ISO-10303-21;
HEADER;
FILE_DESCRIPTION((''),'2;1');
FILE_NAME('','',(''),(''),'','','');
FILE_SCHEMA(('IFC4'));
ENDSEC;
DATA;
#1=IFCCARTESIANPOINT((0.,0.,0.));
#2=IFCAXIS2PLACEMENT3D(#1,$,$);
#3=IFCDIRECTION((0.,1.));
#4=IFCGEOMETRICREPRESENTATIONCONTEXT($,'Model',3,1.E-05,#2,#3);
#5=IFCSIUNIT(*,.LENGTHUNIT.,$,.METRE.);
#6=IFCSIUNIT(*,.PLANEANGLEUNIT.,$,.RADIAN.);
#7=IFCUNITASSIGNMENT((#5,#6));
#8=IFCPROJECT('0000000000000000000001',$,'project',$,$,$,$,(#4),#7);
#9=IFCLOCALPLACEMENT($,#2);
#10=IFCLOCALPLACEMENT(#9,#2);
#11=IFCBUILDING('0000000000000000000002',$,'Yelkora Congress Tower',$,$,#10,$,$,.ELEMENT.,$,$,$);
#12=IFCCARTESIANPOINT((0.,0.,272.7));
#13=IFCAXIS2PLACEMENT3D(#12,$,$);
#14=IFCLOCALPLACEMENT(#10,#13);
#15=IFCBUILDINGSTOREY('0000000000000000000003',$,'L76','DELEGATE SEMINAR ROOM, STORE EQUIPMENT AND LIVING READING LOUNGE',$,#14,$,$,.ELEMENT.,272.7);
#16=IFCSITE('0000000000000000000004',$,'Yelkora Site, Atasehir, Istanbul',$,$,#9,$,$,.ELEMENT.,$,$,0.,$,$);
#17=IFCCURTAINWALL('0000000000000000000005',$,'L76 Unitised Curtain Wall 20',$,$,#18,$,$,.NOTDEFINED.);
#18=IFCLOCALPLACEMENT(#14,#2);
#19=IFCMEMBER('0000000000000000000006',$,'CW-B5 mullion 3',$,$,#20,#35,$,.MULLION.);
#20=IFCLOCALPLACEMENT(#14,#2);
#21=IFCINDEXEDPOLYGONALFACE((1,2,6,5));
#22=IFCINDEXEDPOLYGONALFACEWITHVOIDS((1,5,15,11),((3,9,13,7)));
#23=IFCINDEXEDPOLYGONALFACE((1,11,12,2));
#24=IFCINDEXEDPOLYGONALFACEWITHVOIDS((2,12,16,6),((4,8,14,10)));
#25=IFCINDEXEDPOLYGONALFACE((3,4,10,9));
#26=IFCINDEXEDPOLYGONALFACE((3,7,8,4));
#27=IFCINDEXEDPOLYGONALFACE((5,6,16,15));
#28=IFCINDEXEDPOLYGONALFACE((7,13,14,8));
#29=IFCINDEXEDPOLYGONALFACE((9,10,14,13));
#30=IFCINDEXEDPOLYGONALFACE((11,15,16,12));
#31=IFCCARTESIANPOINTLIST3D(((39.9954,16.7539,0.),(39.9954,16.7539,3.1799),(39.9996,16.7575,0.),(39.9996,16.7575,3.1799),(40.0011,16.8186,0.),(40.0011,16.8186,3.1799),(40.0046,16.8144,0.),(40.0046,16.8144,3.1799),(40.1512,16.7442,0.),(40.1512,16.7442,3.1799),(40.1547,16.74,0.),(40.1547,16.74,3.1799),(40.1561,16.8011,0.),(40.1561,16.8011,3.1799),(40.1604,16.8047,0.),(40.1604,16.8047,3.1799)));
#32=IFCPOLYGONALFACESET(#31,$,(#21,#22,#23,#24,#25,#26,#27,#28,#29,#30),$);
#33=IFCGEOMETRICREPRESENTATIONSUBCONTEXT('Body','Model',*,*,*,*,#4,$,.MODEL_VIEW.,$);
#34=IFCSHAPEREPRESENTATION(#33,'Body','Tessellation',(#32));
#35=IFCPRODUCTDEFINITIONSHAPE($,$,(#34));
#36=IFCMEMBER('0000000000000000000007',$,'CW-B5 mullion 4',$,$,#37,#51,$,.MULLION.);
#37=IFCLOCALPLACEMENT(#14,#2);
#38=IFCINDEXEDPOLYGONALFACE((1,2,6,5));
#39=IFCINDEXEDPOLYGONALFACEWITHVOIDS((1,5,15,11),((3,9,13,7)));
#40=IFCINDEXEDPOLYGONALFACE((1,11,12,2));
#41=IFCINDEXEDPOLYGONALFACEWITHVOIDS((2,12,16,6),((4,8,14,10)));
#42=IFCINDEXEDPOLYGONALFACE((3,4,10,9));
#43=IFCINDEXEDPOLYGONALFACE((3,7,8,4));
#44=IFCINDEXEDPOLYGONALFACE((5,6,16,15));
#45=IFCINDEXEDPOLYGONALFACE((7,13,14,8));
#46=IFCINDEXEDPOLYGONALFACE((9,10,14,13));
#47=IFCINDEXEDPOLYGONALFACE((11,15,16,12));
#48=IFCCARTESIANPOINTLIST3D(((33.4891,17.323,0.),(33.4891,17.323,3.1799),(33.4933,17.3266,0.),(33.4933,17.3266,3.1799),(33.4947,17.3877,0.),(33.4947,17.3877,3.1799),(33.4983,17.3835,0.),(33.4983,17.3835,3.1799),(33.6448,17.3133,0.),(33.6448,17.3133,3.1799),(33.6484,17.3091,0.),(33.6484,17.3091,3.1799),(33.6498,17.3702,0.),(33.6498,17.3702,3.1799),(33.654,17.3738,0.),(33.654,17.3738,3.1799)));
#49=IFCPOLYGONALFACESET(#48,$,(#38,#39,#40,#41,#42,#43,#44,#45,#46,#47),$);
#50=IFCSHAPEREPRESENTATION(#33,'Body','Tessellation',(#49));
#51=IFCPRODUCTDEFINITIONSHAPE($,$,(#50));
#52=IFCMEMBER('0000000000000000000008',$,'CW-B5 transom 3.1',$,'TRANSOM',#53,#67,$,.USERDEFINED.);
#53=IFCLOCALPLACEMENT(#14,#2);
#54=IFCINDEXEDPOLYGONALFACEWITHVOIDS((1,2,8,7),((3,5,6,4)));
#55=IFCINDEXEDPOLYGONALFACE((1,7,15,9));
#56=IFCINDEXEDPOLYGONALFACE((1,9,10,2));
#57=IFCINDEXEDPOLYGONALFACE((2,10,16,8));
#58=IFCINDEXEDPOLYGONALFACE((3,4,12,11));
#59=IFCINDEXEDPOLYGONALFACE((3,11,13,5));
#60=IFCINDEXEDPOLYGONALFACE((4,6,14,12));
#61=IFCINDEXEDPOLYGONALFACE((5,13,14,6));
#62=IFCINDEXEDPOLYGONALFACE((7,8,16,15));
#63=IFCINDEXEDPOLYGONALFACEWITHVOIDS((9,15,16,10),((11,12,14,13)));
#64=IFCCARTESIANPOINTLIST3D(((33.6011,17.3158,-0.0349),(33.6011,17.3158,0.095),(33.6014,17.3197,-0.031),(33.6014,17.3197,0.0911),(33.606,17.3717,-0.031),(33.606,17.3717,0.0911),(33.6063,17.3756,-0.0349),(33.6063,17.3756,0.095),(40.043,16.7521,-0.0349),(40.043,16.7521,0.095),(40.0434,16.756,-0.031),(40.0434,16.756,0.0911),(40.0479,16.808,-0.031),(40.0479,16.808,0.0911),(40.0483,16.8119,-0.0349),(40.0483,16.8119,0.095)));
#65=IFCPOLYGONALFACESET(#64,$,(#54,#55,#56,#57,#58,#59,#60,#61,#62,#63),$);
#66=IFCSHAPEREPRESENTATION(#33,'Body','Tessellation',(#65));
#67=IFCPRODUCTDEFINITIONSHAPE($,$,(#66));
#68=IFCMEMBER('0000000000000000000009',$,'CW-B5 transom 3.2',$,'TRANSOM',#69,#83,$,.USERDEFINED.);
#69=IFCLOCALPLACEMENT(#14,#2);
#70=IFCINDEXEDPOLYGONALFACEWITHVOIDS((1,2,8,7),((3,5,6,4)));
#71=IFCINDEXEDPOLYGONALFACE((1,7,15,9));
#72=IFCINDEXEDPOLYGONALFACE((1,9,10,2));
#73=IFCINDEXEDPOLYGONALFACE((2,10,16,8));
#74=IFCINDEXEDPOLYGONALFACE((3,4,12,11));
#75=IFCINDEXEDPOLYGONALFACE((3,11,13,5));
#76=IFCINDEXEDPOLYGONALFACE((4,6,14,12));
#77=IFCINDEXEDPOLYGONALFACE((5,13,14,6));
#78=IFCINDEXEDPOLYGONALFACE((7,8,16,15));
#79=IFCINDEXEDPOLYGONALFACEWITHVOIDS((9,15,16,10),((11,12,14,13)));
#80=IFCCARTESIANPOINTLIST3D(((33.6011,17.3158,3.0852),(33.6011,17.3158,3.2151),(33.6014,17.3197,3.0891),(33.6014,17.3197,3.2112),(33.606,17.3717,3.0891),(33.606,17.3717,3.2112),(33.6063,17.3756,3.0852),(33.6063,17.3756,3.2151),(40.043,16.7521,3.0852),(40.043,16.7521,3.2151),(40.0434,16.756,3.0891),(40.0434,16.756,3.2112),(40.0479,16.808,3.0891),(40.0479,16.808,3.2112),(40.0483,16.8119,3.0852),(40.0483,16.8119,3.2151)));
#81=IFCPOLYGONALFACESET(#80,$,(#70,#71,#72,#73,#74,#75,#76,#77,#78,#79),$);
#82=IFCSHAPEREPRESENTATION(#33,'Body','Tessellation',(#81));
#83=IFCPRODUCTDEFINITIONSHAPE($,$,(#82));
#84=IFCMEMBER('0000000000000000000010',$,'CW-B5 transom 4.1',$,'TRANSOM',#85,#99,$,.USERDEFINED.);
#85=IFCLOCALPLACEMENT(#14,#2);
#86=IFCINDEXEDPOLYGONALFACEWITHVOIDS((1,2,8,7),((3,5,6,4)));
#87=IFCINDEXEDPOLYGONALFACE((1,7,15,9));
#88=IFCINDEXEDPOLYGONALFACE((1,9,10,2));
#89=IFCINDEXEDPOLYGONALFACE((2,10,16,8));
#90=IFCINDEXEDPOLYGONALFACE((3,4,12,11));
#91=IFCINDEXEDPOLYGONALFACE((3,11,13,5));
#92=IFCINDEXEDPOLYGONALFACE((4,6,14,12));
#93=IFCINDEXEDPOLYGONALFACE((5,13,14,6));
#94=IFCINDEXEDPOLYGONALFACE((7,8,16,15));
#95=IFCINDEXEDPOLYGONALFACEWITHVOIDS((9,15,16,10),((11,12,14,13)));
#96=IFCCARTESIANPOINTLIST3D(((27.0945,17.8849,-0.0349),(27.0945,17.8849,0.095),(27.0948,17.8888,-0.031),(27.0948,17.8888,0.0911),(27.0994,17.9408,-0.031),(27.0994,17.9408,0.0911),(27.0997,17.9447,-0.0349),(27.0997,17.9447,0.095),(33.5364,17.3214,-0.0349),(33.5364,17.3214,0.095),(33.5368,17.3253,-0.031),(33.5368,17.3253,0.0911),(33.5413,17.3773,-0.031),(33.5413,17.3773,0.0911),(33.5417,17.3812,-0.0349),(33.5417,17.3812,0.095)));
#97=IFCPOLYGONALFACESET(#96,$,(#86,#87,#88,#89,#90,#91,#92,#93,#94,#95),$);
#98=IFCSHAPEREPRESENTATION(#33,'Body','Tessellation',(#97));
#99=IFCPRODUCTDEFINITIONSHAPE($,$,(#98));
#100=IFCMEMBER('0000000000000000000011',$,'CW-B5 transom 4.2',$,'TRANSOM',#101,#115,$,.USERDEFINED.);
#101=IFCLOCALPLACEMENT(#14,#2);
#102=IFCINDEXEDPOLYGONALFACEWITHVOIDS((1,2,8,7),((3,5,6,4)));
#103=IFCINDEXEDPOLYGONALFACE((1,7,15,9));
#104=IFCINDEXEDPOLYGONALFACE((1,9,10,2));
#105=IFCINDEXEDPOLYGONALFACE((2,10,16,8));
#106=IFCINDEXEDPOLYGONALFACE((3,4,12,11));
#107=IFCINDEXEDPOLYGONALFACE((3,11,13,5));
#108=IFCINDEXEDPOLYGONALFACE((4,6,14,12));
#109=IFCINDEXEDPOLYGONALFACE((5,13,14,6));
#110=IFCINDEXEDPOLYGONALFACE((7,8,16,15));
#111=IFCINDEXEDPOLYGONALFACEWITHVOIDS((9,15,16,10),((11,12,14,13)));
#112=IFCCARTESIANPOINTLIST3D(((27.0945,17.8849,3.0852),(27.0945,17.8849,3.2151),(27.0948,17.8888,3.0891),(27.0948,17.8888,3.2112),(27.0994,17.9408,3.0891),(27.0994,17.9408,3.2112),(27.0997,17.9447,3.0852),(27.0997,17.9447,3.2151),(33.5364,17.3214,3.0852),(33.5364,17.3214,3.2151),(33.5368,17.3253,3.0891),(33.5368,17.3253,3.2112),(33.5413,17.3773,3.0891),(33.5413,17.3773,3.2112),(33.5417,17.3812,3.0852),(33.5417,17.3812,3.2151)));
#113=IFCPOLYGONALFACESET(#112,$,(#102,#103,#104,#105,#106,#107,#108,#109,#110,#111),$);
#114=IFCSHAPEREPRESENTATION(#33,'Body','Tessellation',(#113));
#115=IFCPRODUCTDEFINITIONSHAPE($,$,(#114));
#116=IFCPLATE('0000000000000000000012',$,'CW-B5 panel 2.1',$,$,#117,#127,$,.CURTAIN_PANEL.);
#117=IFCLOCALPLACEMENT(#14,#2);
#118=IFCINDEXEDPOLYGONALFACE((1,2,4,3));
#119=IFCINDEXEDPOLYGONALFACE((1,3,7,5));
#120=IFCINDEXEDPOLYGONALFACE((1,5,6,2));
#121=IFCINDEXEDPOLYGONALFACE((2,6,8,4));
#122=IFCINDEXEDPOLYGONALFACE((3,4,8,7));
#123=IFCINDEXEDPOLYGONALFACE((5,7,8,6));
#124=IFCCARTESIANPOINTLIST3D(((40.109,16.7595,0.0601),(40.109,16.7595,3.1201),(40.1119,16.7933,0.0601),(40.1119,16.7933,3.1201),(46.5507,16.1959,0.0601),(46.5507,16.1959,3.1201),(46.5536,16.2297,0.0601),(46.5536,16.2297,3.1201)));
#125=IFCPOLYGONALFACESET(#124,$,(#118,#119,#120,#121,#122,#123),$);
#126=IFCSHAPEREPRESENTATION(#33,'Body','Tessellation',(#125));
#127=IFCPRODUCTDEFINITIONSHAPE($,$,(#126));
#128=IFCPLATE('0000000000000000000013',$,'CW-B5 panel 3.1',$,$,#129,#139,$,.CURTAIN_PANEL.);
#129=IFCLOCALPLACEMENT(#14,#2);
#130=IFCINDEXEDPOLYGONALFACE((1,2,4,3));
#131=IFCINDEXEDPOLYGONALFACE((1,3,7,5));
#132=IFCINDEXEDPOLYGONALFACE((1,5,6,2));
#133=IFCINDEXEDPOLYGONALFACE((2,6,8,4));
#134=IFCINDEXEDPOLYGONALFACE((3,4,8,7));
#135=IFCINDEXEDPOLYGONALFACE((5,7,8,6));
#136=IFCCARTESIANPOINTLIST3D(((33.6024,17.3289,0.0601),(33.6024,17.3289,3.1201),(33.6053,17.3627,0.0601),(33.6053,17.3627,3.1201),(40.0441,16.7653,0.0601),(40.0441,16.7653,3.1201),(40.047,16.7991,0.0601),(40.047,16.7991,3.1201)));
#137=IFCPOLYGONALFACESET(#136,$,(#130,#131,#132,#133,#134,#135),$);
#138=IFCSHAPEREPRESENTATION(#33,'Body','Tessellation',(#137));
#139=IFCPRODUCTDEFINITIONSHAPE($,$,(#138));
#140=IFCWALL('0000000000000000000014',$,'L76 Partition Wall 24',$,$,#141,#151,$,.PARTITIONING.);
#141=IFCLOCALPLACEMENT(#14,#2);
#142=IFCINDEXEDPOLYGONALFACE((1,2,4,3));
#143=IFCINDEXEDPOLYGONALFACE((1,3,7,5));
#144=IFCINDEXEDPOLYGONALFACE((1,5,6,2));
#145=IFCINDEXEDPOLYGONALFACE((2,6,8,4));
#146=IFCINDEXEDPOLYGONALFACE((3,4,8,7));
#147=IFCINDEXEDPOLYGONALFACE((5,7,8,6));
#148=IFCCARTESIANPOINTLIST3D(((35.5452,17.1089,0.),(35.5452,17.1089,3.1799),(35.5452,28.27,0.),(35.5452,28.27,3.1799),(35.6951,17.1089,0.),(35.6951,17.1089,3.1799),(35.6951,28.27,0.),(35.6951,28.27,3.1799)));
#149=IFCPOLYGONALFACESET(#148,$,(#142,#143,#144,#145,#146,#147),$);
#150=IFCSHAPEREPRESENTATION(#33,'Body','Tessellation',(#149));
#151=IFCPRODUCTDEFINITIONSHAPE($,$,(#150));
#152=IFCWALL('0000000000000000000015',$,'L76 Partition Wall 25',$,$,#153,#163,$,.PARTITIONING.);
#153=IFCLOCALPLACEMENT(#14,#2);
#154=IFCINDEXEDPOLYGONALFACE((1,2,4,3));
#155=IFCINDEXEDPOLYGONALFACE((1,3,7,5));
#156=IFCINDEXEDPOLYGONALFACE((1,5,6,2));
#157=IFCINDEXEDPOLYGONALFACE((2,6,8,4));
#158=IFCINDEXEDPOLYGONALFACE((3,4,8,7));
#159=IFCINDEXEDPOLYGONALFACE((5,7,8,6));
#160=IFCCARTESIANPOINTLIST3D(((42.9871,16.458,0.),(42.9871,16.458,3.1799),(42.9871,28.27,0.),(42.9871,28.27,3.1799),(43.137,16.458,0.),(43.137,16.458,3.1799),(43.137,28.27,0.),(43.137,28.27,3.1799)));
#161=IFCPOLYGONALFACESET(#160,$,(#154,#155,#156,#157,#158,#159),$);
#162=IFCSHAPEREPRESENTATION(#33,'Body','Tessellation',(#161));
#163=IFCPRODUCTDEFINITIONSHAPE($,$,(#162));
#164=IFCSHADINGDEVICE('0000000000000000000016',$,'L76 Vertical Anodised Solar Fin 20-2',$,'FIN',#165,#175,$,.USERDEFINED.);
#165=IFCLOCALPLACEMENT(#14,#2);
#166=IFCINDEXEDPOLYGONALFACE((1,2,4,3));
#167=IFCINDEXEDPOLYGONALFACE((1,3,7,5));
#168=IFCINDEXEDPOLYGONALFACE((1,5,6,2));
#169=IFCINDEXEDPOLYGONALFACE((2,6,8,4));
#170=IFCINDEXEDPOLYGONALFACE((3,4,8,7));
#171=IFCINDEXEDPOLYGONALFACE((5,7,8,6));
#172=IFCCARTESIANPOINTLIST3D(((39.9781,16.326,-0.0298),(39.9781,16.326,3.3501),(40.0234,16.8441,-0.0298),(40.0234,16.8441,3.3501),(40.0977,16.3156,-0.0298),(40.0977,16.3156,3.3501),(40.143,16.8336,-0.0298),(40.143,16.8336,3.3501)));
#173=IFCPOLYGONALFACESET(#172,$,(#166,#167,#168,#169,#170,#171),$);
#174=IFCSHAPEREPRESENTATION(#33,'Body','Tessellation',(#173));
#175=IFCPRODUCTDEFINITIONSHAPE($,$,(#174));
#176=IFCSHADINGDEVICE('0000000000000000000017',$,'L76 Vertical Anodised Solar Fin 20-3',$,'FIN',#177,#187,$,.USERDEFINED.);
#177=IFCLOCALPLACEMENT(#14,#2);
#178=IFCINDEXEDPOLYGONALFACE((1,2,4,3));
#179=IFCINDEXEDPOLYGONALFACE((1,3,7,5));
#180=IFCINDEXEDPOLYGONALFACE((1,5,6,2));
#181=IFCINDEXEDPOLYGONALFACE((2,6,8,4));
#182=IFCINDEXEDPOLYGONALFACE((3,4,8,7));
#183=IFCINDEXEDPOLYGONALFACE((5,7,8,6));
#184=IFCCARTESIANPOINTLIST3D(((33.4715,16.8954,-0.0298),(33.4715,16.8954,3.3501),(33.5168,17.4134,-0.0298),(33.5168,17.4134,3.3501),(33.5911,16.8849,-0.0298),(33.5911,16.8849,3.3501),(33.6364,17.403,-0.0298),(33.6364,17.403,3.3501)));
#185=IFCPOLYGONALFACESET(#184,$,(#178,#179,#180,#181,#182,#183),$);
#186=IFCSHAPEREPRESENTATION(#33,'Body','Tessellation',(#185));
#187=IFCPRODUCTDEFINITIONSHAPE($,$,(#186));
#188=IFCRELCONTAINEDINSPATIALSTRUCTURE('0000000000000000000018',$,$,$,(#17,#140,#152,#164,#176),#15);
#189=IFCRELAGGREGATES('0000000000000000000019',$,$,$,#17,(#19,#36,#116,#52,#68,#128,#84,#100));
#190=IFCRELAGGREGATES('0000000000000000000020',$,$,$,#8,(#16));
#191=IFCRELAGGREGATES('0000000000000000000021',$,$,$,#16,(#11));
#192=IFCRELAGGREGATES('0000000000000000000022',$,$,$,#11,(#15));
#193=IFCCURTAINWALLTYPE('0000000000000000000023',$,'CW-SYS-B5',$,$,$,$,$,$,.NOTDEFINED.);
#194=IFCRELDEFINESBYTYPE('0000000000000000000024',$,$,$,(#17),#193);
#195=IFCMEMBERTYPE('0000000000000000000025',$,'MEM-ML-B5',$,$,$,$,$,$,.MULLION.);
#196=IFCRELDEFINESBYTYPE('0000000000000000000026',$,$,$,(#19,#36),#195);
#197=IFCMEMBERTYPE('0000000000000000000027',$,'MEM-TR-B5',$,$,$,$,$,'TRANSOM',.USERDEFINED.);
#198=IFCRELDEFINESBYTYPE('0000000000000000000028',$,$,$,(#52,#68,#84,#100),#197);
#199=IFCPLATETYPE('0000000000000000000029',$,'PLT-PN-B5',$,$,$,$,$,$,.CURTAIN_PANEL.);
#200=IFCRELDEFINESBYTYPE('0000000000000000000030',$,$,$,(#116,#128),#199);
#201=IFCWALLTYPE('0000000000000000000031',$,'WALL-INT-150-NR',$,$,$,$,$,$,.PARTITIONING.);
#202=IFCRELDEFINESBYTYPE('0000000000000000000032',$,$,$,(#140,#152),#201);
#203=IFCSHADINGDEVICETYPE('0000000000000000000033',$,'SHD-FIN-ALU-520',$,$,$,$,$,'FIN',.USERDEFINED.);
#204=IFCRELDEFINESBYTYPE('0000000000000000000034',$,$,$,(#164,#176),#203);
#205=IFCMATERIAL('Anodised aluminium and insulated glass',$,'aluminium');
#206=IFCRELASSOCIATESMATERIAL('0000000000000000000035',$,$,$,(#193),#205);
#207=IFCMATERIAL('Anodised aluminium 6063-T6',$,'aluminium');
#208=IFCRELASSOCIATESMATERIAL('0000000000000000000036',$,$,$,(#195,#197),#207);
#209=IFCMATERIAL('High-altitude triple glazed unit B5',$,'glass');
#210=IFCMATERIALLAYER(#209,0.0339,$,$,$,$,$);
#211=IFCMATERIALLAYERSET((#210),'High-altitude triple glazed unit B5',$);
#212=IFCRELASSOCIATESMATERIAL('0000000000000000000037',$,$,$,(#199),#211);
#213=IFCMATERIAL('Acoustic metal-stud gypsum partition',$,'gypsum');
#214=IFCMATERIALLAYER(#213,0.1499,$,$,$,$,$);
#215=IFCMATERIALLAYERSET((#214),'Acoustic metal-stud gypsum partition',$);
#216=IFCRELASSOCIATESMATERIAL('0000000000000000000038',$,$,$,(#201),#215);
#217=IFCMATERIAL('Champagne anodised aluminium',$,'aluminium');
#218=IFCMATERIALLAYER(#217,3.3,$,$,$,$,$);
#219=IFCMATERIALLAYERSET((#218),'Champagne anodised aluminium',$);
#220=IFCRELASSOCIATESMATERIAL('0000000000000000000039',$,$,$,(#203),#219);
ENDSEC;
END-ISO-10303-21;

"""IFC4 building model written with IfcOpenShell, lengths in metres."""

from ifc_helpers import new_model, si_unit, direction, frame, frame_2d, origin, origin_2d, place, context, subcontext, project, spatial, rectangle, hollow_rectangle, extrude, material, layer, layer_set, material_profile, profile_set, type_object, element, aggregate, save


model = new_model("IFC4")

# Units and contexts
model_context = context("Model", 3, precision=1e-05, world=origin(), true_north=direction((0.0, 1.0)))
body_context = subcontext(model_context, "Body", "Model", "MODEL_VIEW")
ifc_project = project(units=[si_unit("LENGTHUNIT", "METRE"), si_unit("PLANEANGLEUNIT", "RADIAN")], contexts=[model_context])

# Site, building, storey
site_placement = place(None, origin())
site = spatial("IfcSite", under=ifc_project, at=site_placement, Name="Yelkora Site, Atasehir, Istanbul", CompositionType="ELEMENT", RefElevation=0.0)
building_placement = place(site_placement, origin())
building = spatial("IfcBuilding", under=site, at=building_placement, Name="Yelkora Congress Tower", CompositionType="ELEMENT")
storey_placement = place(building_placement, frame((0.0, 0.0, 272.7)))
storey = spatial("IfcBuildingStorey", under=building, at=storey_placement, Name="L76", Description="DELEGATE SEMINAR ROOM, STORE EQUIPMENT AND LIVING READING LOUNGE", CompositionType="ELEMENT", Elevation=272.7)

# Curtain wall, members, plates
ifc_material_1 = material(Name="Anodised aluminium and insulated glass", Category="aluminium")
curtain_wall_type = type_object("IfcCurtainWallType", Name="CW-SYS-B5", PredefinedType="NOTDEFINED", material=ifc_material_1)
curtain_wall_placement = place(storey_placement, origin())
curtain_wall = element("IfcCurtainWall", 1, at=curtain_wall_placement, inside=storey, type_object=curtain_wall_type, Name="L76 Unitised Curtain Wall 20", PredefinedType="NOTDEFINED")
ifc_material_2 = material(Name="Anodised aluminium 6063-T6", Category="aluminium")
ifc_material_profile_1 = material_profile(ifc_material_2, hollow_rectangle(XDim=0.0649, YDim=0.1599, WallThickness=0.0039, at=origin_2d()), Name="ALU 65x160x4")
ifc_profile_set_1 = profile_set([ifc_material_profile_1], Name="Anodised aluminium 6063-T6")
member_type_1 = type_object("IfcMemberType", Name="MEM-ML-B5", PredefinedType="MULLION", material=ifc_profile_set_1)
member_1_placement = place(storey_placement, frame((40.0779, 16.7793, 0.0), z_axis=(0.0, 0.0, 1.0), x_axis=(-0.087157, -0.996195, 0.0)))
member_1 = element("IfcMember", 2, at=member_1_placement, type_object=member_type_1, Name="CW-B5 mullion 3", PredefinedType="MULLION", context=body_context, shape_type="SweptSolid", body=[
    extrude(hollow_rectangle(XDim=0.0649, YDim=0.1599, WallThickness=0.0039, at=origin_2d()), origin(), (0.0, 0.0, 1.0), 3.1799),
])
member_2_placement = place(storey_placement, frame((33.5715, 17.3484, 0.0), z_axis=(0.0, 0.0, 1.0), x_axis=(-0.087157, -0.996195, 0.0)))
member_2 = element("IfcMember", 3, at=member_2_placement, type_object=member_type_1, Name="CW-B5 mullion 4", PredefinedType="MULLION", context=body_context, shape_type="SweptSolid", body=[
    extrude(hollow_rectangle(XDim=0.0649, YDim=0.1599, WallThickness=0.0039, at=origin_2d()), origin(), (0.0, 0.0, 1.0), 3.1799),
])
ifc_material_profile_2 = material_profile(ifc_material_2, hollow_rectangle(XDim=0.0601, YDim=0.1299, WallThickness=0.0039, at=origin_2d()), Name="ALU 60x130x4")
ifc_profile_set_2 = profile_set([ifc_material_profile_2], Name="Anodised aluminium 6063-T6")
member_type_2 = type_object("IfcMemberType", Name="MEM-TR-B5", ElementType="TRANSOM", PredefinedType="USERDEFINED", material=ifc_profile_set_2)
member_3_placement = place(storey_placement, frame((40.0457, 16.782, 0.03), z_axis=(-0.996193, 0.087175, 0.0), x_axis=(-0.087175, -0.996193, 0.0)))
member_3 = element("IfcMember", 4, at=member_3_placement, type_object=member_type_2, Name="CW-B5 transom 3.1", ObjectType="TRANSOM", PredefinedType="USERDEFINED", context=body_context, shape_type="SweptSolid", body=[
    extrude(hollow_rectangle(XDim=0.0601, YDim=0.1299, WallThickness=0.0039, at=origin_2d()), origin(), (0.0, 0.0, 1.0), 6.4666),
])
member_4_placement = place(storey_placement, frame((40.0457, 16.782, 3.1501), z_axis=(-0.996193, 0.087175, 0.0), x_axis=(-0.087175, -0.996193, 0.0)))
member_4 = element("IfcMember", 5, at=member_4_placement, type_object=member_type_2, Name="CW-B5 transom 3.2", ObjectType="TRANSOM", PredefinedType="USERDEFINED", context=body_context, shape_type="SweptSolid", body=[
    extrude(hollow_rectangle(XDim=0.0601, YDim=0.1299, WallThickness=0.0039, at=origin_2d()), origin(), (0.0, 0.0, 1.0), 6.4666),
])
member_5_placement = place(storey_placement, frame((33.5391, 17.3513, 0.03), z_axis=(-0.996196, 0.087138, 0.0), x_axis=(-0.087138, -0.996196, 0.0)))
member_5 = element("IfcMember", 6, at=member_5_placement, type_object=member_type_2, Name="CW-B5 transom 4.1", ObjectType="TRANSOM", PredefinedType="USERDEFINED", context=body_context, shape_type="SweptSolid", body=[
    extrude(hollow_rectangle(XDim=0.0601, YDim=0.1299, WallThickness=0.0039, at=origin_2d()), origin(), (0.0, 0.0, 1.0), 6.4666),
])
member_6_placement = place(storey_placement, frame((33.5391, 17.3513, 3.1501), z_axis=(-0.996196, 0.087138, 0.0), x_axis=(-0.087138, -0.996196, 0.0)))
member_6 = element("IfcMember", 7, at=member_6_placement, type_object=member_type_2, Name="CW-B5 transom 4.2", ObjectType="TRANSOM", PredefinedType="USERDEFINED", context=body_context, shape_type="SweptSolid", body=[
    extrude(hollow_rectangle(XDim=0.0601, YDim=0.1299, WallThickness=0.0039, at=origin_2d()), origin(), (0.0, 0.0, 1.0), 6.4666),
])
ifc_material_3 = material(Name="High-altitude triple glazed unit B5", Category="glass")
ifc_layer_1 = layer(ifc_material_3, 0.0339)
ifc_layer_set_1 = layer_set([ifc_layer_1], Name="High-altitude triple glazed unit B5")
plate_type = type_object("IfcPlateType", Name="PLT-PN-B5", PredefinedType="CURTAIN_PANEL", material=ifc_layer_set_1)
plate_1_placement = place(storey_placement, frame((43.3313, 16.4946, 0.0601), z_axis=(0.0, 0.0, 1.0), x_axis=(-0.996195, 0.087157, 0.0)))
plate_1 = element("IfcPlate", 8, at=plate_1_placement, type_object=plate_type, Name="CW-B5 panel 2.1", PredefinedType="CURTAIN_PANEL", context=body_context, shape_type="SweptSolid", body=[
    extrude(rectangle(XDim=6.4663, YDim=0.0339, at=origin_2d()), origin(), (0.0, 0.0, 1.0), 3.0601),
])
plate_2_placement = place(storey_placement, frame((36.8247, 17.064, 0.0601), z_axis=(0.0, 0.0, 1.0), x_axis=(-0.996195, 0.087157, 0.0)))
plate_2 = element("IfcPlate", 9, at=plate_2_placement, type_object=plate_type, Name="CW-B5 panel 3.1", PredefinedType="CURTAIN_PANEL", context=body_context, shape_type="SweptSolid", body=[
    extrude(rectangle(XDim=6.4663, YDim=0.0339, at=origin_2d()), origin(), (0.0, 0.0, 1.0), 3.0601),
])
aggregate(curtain_wall, [member_1, member_2, plate_1, member_3, member_4, plate_2, member_5, member_6])

# Walls
ifc_material_4 = material(Name="Acoustic metal-stud gypsum partition", Category="gypsum")
ifc_layer_2 = layer(ifc_material_4, 0.1499)
ifc_layer_set_2 = layer_set([ifc_layer_2], Name="Acoustic metal-stud gypsum partition")
wall_type = type_object("IfcWallType", Name="WALL-INT-150-NR", PredefinedType="PARTITIONING", material=ifc_layer_set_2)
wall_1_placement = place(storey_placement, frame((35.6201, 17.1089, 0.0), z_axis=(0.0, 0.0, 1.0), x_axis=(0.0, 1.0, 0.0)))
element("IfcWall", 10, at=wall_1_placement, inside=storey, type_object=wall_type, Name="L76 Partition Wall 24", PredefinedType="PARTITIONING", context=body_context, shape_type="SweptSolid", body=[
    extrude(rectangle(XDim=11.1611, YDim=0.1499, at=frame_2d((5.5806, 0.0))), origin(), (0.0, 0.0, 1.0), 3.1799),
])
wall_2_placement = place(storey_placement, frame((43.062, 16.458, 0.0), z_axis=(0.0, 0.0, 1.0), x_axis=(0.0, 1.0, 0.0)))
element("IfcWall", 11, at=wall_2_placement, inside=storey, type_object=wall_type, Name="L76 Partition Wall 25", PredefinedType="PARTITIONING", context=body_context, shape_type="SweptSolid", body=[
    extrude(rectangle(XDim=11.812, YDim=0.1499, at=frame_2d((5.906, 0.0))), origin(), (0.0, 0.0, 1.0), 3.1799),
])

# Shading devices
ifc_material_5 = material(Name="Champagne anodised aluminium", Category="aluminium")
ifc_layer_3 = layer(ifc_material_5, 3.3)
ifc_layer_set_3 = layer_set([ifc_layer_3], Name="Champagne anodised aluminium")
shading_device_type = type_object("IfcShadingDeviceType", Name="SHD-FIN-ALU-520", ElementType="FIN", PredefinedType="USERDEFINED", material=ifc_layer_set_3)
for number, where, z_axis, x_axis, name in (
    (12, (40.0605, 16.5798, -0.0298), (0.0, 0.0, 1.0), (-0.996195, 0.087156, 0.0), "L76 Vertical Anodised Solar Fin 20-2"),
    (13, (33.554, 17.1492, -0.0298), (0.0, 0.0, 1.0), (-0.996195, 0.087156, 0.0), "L76 Vertical Anodised Solar Fin 20-3"),
):
    element("IfcShadingDevice", number, at=place(storey_placement, frame(where, z_axis=z_axis, x_axis=x_axis)), inside=storey, type_object=shading_device_type, Name=name, ObjectType="FIN", PredefinedType="USERDEFINED", context=body_context, shape_type="SweptSolid", body=[
        extrude(rectangle(XDim=0.1201, YDim=0.52, at=origin_2d()), origin(), (0.0, 0.0, 1.0), 3.3799),
    ])

save(model, "model.ifc")
